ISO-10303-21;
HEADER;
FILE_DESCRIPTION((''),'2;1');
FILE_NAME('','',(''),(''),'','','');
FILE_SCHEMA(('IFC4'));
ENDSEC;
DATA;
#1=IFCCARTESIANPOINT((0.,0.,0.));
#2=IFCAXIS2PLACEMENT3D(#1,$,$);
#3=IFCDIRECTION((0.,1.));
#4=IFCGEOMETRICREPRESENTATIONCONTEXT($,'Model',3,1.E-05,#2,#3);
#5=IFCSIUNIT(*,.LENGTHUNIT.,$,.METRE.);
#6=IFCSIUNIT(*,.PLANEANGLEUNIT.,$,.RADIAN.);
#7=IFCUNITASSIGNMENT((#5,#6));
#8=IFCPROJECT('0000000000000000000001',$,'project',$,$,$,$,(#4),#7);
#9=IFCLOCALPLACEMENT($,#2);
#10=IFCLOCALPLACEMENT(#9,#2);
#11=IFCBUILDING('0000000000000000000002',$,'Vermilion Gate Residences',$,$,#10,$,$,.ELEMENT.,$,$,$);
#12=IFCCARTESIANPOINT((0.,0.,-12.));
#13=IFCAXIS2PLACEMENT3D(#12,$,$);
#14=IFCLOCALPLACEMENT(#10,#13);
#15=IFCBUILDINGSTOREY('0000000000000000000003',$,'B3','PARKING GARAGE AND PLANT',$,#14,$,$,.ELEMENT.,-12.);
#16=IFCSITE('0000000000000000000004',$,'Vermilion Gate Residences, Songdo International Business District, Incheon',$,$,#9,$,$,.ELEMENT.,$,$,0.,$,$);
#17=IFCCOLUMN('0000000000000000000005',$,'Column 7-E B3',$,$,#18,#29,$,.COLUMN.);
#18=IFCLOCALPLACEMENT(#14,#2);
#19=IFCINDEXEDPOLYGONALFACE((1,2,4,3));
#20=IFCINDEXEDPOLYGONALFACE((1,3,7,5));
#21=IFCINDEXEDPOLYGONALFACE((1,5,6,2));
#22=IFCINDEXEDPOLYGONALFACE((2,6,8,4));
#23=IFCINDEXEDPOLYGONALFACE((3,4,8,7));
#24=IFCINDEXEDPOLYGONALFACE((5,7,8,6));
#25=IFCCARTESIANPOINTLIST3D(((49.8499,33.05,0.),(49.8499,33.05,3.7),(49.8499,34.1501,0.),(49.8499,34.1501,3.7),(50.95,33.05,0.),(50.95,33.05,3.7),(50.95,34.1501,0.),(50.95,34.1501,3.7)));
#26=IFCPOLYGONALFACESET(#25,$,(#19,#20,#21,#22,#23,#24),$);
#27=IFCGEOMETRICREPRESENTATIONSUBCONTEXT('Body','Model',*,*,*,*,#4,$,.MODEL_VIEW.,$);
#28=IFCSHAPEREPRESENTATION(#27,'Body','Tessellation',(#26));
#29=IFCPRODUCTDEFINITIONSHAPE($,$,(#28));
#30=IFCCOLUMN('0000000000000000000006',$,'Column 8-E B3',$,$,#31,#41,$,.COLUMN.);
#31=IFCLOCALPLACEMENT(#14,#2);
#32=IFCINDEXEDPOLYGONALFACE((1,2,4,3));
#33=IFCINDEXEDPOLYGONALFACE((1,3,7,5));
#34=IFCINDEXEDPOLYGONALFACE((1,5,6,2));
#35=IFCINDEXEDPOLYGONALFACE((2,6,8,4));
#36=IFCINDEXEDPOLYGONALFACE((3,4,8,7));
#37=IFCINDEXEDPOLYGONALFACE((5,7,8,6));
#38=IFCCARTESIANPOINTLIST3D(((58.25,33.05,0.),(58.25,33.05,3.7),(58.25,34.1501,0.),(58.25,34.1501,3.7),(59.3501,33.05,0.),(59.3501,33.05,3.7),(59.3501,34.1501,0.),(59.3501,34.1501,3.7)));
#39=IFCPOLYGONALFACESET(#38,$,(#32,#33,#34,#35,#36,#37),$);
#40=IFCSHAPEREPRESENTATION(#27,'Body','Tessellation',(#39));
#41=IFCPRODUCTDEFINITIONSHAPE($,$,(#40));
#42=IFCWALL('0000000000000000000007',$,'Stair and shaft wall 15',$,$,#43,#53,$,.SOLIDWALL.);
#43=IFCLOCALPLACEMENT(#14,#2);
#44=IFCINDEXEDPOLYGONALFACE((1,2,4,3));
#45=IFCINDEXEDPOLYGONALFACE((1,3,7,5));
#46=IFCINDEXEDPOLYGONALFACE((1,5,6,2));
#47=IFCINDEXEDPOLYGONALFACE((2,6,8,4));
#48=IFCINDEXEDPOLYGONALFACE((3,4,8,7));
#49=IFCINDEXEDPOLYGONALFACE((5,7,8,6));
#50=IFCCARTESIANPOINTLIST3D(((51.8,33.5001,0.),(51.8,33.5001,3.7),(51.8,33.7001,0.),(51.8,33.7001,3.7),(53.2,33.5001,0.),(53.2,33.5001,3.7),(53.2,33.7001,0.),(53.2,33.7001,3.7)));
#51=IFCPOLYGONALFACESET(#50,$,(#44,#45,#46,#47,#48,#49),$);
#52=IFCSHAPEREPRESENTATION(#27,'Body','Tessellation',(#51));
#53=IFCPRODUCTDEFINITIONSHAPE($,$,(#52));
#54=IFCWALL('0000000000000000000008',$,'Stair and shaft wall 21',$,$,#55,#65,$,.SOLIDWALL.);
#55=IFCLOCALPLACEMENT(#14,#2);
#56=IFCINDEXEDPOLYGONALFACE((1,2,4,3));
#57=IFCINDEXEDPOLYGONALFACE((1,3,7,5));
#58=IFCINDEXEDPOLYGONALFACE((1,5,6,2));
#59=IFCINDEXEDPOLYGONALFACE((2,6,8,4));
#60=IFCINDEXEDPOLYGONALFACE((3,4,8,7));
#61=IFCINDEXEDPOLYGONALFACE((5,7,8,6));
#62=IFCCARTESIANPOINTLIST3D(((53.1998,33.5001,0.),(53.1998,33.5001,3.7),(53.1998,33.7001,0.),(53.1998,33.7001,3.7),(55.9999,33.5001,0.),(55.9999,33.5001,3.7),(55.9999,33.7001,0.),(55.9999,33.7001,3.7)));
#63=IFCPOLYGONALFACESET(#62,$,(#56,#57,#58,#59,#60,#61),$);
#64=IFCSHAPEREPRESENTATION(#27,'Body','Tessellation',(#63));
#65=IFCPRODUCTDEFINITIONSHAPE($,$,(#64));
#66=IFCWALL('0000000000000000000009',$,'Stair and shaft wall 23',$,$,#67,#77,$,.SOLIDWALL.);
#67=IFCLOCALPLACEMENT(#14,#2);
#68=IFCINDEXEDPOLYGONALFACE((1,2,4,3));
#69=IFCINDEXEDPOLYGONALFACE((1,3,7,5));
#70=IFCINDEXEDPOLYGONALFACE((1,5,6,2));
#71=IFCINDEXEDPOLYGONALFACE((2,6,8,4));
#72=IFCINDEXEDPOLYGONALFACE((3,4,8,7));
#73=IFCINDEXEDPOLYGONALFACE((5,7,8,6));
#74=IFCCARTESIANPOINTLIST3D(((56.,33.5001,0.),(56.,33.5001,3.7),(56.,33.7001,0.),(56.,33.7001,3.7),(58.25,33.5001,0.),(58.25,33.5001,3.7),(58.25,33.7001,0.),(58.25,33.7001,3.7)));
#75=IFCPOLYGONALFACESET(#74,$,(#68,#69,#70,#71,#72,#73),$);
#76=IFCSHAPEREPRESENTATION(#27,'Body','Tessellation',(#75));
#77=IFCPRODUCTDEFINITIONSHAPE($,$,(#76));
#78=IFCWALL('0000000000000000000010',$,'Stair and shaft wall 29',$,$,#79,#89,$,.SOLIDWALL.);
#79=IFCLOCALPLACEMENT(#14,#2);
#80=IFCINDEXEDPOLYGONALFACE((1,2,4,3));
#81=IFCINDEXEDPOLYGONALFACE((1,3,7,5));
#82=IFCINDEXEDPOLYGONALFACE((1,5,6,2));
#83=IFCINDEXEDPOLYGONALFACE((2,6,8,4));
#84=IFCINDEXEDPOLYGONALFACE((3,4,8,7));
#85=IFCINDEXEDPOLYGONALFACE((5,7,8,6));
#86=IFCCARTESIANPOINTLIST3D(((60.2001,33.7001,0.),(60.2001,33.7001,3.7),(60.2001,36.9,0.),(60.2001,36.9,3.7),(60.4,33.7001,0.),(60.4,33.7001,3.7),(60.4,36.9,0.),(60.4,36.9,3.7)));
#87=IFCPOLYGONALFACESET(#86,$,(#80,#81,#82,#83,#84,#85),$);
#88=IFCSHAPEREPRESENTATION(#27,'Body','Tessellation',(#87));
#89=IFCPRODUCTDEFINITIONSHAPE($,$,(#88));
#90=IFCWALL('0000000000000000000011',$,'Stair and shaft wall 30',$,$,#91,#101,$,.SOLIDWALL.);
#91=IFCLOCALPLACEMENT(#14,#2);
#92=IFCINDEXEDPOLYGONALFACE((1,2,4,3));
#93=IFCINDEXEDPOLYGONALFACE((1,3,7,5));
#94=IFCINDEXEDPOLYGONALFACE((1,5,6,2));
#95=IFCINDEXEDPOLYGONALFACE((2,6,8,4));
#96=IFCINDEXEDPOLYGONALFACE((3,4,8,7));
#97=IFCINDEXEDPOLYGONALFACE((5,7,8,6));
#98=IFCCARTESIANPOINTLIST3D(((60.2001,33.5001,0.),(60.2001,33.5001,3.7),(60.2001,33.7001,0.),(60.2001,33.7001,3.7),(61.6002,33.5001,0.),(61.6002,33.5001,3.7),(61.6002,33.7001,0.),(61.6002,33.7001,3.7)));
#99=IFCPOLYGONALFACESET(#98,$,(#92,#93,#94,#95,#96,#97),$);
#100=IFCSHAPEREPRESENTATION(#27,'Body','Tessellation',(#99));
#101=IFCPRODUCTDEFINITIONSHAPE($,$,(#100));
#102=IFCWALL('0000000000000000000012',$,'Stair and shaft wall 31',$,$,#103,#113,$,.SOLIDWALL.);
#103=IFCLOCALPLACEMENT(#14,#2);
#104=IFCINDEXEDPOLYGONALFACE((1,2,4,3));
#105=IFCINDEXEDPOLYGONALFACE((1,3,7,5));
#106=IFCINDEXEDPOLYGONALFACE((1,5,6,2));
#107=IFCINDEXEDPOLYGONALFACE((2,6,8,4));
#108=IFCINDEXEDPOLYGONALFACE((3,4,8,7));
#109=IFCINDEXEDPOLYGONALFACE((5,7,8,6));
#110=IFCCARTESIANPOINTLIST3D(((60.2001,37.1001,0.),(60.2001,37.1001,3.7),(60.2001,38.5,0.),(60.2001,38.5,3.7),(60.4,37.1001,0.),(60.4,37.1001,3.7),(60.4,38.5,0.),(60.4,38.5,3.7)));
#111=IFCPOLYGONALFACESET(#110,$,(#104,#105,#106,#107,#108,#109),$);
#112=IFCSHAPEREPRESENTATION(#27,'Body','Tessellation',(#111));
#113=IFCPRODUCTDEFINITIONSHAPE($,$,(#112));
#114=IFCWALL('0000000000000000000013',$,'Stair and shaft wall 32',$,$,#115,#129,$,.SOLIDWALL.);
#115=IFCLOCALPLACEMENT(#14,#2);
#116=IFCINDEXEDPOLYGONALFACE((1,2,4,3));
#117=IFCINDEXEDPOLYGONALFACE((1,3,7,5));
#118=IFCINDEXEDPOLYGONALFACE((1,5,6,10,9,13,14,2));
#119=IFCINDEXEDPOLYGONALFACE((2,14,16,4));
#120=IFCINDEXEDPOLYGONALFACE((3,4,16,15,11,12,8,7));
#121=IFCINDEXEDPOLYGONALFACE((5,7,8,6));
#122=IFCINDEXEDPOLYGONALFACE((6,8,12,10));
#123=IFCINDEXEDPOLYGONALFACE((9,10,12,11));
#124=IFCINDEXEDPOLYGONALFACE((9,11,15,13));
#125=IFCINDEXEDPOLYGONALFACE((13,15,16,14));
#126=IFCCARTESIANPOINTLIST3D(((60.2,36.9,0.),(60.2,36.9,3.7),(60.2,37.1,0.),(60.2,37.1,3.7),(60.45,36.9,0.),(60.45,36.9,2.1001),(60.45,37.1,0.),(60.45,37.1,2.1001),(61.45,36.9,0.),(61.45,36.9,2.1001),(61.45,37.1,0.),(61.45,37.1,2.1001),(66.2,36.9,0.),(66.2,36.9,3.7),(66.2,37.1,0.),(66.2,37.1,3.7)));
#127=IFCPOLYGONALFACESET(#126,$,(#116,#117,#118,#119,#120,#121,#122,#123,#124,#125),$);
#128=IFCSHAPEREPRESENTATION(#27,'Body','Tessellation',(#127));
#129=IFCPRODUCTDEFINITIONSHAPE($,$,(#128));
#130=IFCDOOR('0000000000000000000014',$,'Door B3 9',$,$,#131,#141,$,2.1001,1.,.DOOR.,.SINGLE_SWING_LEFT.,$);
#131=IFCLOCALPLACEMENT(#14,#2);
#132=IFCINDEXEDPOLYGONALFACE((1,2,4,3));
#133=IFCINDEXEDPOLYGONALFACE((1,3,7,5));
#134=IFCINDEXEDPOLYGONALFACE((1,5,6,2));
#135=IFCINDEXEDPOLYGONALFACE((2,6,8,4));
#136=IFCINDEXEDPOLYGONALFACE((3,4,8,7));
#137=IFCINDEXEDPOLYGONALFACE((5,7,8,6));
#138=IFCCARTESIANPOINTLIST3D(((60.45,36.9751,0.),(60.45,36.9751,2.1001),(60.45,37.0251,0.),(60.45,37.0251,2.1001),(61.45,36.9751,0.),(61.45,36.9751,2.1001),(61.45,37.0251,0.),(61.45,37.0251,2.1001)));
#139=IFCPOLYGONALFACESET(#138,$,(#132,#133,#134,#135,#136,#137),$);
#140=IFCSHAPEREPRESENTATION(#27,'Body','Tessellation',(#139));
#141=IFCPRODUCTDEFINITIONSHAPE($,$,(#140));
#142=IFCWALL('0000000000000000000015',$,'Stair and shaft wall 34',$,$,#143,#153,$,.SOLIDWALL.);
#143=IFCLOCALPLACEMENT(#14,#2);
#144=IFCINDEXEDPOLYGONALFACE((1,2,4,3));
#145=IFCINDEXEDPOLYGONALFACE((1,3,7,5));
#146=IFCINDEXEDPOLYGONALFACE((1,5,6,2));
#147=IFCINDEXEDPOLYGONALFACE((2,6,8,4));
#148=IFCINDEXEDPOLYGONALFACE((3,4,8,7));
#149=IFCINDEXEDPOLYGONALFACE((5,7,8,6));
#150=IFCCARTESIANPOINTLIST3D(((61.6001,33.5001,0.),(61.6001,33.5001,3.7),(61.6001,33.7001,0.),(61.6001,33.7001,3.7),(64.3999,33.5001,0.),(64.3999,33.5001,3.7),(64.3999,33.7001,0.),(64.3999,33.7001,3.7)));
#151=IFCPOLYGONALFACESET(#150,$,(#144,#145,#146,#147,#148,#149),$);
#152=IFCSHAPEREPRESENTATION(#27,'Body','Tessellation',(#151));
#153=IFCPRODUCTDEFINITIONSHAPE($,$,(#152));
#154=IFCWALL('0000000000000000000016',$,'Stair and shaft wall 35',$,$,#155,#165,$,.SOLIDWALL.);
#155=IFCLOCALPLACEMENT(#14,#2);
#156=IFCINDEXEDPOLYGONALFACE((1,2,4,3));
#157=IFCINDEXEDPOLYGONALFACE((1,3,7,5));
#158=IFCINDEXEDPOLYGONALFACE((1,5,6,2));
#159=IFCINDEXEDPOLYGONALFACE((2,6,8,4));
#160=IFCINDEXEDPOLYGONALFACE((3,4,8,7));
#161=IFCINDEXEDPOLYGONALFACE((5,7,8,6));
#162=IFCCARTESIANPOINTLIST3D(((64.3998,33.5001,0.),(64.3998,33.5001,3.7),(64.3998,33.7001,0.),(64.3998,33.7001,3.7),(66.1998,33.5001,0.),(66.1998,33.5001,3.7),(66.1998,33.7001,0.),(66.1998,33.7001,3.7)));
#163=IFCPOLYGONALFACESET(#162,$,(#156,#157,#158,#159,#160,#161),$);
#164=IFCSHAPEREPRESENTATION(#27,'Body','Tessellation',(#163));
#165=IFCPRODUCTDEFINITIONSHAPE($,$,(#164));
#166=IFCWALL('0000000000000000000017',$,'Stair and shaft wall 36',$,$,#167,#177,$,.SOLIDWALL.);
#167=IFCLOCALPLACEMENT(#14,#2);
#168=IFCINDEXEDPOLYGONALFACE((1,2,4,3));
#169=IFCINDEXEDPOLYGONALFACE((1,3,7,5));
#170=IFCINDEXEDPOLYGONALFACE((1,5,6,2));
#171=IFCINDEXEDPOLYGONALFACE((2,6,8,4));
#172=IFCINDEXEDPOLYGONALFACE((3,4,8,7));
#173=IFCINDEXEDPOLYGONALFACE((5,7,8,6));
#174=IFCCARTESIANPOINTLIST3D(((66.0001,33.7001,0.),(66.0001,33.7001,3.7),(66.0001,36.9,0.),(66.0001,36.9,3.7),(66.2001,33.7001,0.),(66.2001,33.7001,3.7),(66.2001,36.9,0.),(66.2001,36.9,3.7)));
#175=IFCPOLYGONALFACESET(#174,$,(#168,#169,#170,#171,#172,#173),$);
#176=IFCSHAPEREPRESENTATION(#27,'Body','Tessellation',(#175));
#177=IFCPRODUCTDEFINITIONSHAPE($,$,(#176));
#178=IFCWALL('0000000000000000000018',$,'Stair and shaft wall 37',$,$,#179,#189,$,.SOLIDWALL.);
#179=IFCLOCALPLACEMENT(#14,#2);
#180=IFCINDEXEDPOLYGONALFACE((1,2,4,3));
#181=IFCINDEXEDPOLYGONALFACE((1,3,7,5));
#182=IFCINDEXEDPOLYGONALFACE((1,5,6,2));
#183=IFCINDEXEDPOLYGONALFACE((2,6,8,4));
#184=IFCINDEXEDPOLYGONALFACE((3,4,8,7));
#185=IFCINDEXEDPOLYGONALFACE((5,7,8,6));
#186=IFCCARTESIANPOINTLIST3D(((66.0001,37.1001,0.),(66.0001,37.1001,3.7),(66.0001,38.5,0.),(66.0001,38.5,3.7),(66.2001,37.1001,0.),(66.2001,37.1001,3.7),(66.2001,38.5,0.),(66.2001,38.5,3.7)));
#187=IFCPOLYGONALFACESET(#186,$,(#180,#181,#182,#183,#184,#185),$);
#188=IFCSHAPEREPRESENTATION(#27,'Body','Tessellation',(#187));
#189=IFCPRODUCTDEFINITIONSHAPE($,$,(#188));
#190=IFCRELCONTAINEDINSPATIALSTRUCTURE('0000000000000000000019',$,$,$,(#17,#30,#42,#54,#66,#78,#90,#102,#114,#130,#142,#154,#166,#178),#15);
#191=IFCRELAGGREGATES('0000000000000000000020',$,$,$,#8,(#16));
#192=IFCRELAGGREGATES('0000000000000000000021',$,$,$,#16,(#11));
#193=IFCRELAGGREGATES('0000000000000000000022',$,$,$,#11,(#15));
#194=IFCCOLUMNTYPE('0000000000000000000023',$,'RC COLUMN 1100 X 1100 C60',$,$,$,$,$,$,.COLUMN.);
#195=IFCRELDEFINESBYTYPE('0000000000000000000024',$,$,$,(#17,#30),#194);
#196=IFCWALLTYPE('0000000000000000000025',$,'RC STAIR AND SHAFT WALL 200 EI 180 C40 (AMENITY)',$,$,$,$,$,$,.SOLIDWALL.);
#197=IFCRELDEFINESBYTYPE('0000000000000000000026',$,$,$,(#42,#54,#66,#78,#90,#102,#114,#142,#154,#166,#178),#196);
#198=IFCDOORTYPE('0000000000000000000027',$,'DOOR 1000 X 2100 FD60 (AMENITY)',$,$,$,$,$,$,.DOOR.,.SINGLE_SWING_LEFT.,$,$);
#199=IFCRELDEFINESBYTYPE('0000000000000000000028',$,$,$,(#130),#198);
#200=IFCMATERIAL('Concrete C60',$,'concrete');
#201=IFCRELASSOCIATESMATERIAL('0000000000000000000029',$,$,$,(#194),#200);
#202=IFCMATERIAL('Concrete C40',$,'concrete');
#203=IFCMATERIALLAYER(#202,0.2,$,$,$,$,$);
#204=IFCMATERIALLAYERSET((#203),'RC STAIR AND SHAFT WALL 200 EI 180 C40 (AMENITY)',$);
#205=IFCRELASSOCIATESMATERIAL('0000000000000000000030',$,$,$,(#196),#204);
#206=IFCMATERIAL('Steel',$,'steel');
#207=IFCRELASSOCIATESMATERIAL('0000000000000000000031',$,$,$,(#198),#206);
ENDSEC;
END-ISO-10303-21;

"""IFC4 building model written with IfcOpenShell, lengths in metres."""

from ifc_helpers import new_model, si_unit, direction, frame, frame_2d, origin, origin_2d, place, context, subcontext, project, spatial, rectangle, extrude, material, layer, layer_set, material_profile, profile_set, type_object, element, fill, save


model = new_model("IFC4")

# Units and contexts
model_context = context("Model", 3, precision=1e-05, world=origin(), true_north=direction((0.0, 1.0)))
body_context = subcontext(model_context, "Body", "Model", "MODEL_VIEW")
ifc_project = project(units=[si_unit("LENGTHUNIT", "METRE"), si_unit("PLANEANGLEUNIT", "RADIAN")], contexts=[model_context])

# Site, building, storey
site_placement = place(None, origin())
site = spatial("IfcSite", under=ifc_project, at=site_placement, Name="Vermilion Gate Residences, Songdo International Business District, Incheon", CompositionType="ELEMENT", RefElevation=0.0)
building_placement = place(site_placement, origin())
building = spatial("IfcBuilding", under=site, at=building_placement, Name="Vermilion Gate Residences", CompositionType="ELEMENT")
storey_placement = place(building_placement, frame((0.0, 0.0, -12.0)))
storey = spatial("IfcBuildingStorey", under=building, at=storey_placement, Name="B3", Description="PARKING GARAGE AND PLANT", CompositionType="ELEMENT", Elevation=-12.0)

# Columns
ifc_material_1 = material(Name="Concrete C60", Category="concrete")
ifc_material_profile = material_profile(ifc_material_1, rectangle(XDim=1.1001, YDim=1.1001, at=origin_2d()), Name="RC-1100x1100")
ifc_profile_set = profile_set([ifc_material_profile], Name="Concrete C60")
column_type = type_object("IfcColumnType", Name="RC COLUMN 1100 X 1100 C60", PredefinedType="COLUMN", material=ifc_profile_set)
for number, where, z_axis, x_axis, name in (
    (1, (50.3999, 33.6001, 0.0), (0.0, 0.0, 1.0), (1.0, 0.0, 0.0), "Column 7-E B3"),
    (2, (58.8, 33.6001, 0.0), (0.0, 0.0, 1.0), (1.0, 0.0, 0.0), "Column 8-E B3"),
):
    element("IfcColumn", number, at=place(storey_placement, frame(where, z_axis=z_axis, x_axis=x_axis)), inside=storey, type_object=column_type, Name=name, PredefinedType="COLUMN", context=body_context, shape_type="SweptSolid", body=[
        extrude(rectangle(XDim=1.1001, YDim=1.1001, at=origin_2d()), origin(), (0.0, 0.0, 1.0), 3.7),
    ])

# Walls
ifc_material_2 = material(Name="Concrete C40", Category="concrete")
ifc_layer = layer(ifc_material_2, 0.2)
ifc_layer_set = layer_set([ifc_layer], Name="RC STAIR AND SHAFT WALL 200 EI 180 C40 (AMENITY)")
wall_type = type_object("IfcWallType", Name="RC STAIR AND SHAFT WALL 200 EI 180 C40 (AMENITY)", PredefinedType="SOLIDWALL", material=ifc_layer_set)
wall_1_placement = place(storey_placement, frame((51.8, 33.6001, 0.0), z_axis=(0.0, 0.0, 1.0), x_axis=(1.0, 0.0, 0.0)))
element("IfcWall", 3, at=wall_1_placement, inside=storey, type_object=wall_type, Name="Stair and shaft wall 15", PredefinedType="SOLIDWALL", context=body_context, shape_type="SweptSolid", body=[
    extrude(rectangle(XDim=1.3999, YDim=0.2, at=frame_2d((0.7, 0.0))), origin(), (0.0, 0.0, 1.0), 3.7),
])
wall_2_placement = place(storey_placement, frame((53.2, 33.6001, 0.0), z_axis=(0.0, 0.0, 1.0), x_axis=(1.0, 0.0, 0.0)))
element("IfcWall", 4, at=wall_2_placement, inside=storey, type_object=wall_type, Name="Stair and shaft wall 21", PredefinedType="SOLIDWALL", context=body_context, shape_type="SweptSolid", body=[
    extrude(rectangle(XDim=2.8, YDim=0.2, at=frame_2d((1.3999, 0.0))), origin(), (0.0, 0.0, 1.0), 3.7),
])
wall_3_placement = place(storey_placement, frame((56.0, 33.6001, 0.0), z_axis=(0.0, 0.0, 1.0), x_axis=(1.0, 0.0, 0.0)))
element("IfcWall", 5, at=wall_3_placement, inside=storey, type_object=wall_type, Name="Stair and shaft wall 23", PredefinedType="SOLIDWALL", context=body_context, shape_type="SweptSolid", body=[
    extrude(rectangle(XDim=2.25, YDim=0.2, at=frame_2d((1.125, 0.0))), origin(), (0.0, 0.0, 1.0), 3.7),
])
wall_4_placement = place(storey_placement, frame((60.3, 33.7, 0.0), z_axis=(0.0, 0.0, 1.0), x_axis=(0.0, 1.0, 0.0)))
element("IfcWall", 6, at=wall_4_placement, inside=storey, type_object=wall_type, Name="Stair and shaft wall 29", PredefinedType="SOLIDWALL", context=body_context, shape_type="SweptSolid", body=[
    extrude(rectangle(XDim=3.2, YDim=0.2, at=frame_2d((1.6001, 0.0))), origin(), (0.0, 0.0, 1.0), 3.7),
])
wall_5_placement = place(storey_placement, frame((60.2, 33.6001, 0.0), z_axis=(0.0, 0.0, 1.0), x_axis=(1.0, 0.0, 0.0)))
element("IfcWall", 7, at=wall_5_placement, inside=storey, type_object=wall_type, Name="Stair and shaft wall 30", PredefinedType="SOLIDWALL", context=body_context, shape_type="SweptSolid", body=[
    extrude(rectangle(XDim=1.4001, YDim=0.2, at=frame_2d((0.7002, 0.0))), origin(), (0.0, 0.0, 1.0), 3.7),
])
wall_6_placement = place(storey_placement, frame((60.3, 37.1001, 0.0), z_axis=(0.0, 0.0, 1.0), x_axis=(0.0, 1.0, 0.0)))
element("IfcWall", 8, at=wall_6_placement, inside=storey, type_object=wall_type, Name="Stair and shaft wall 31", PredefinedType="SOLIDWALL", context=body_context, shape_type="SweptSolid", body=[
    extrude(rectangle(XDim=1.3999, YDim=0.2, at=frame_2d((0.7, 0.0))), origin(), (0.0, 0.0, 1.0), 3.7),
])

# Wall, opening, door
wall_7_placement = place(storey_placement, frame((60.2, 37.0, 0.0), z_axis=(0.0, 0.0, 1.0), x_axis=(1.0, 0.0, 0.0)))
wall_7 = element("IfcWall", 9, at=wall_7_placement, inside=storey, type_object=wall_type, Name="Stair and shaft wall 32", PredefinedType="SOLIDWALL", context=body_context, shape_type="SweptSolid", body=[
    extrude(rectangle(XDim=6.0, YDim=0.2, at=frame_2d((3.0, 0.0))), origin(), (0.0, 0.0, 1.0), 3.7),
])
opening_placement = place(wall_7_placement, frame((0.25, 0.0, 0.0)))
opening = element("IfcOpeningElement", 10, at=opening_placement, cuts=wall_7, PredefinedType="OPENING", context=body_context, shape_type="SweptSolid", body=[
    extrude(rectangle(XDim=1.0, YDim=2.1001, at=frame_2d((0.5, 1.05))), frame((0.0, 0.1099, 0.0), z_axis=(0.0, -1.0, 0.0), x_axis=(1.0, 0.0, 0.0)), (0.0, 0.0, 1.0), 0.22),
])
ifc_material_3 = material(Name="Steel", Category="steel")
door_type = type_object("IfcDoorType", Name="DOOR 1000 X 2100 FD60 (AMENITY)", OperationType="SINGLE_SWING_LEFT", PredefinedType="DOOR", material=ifc_material_3)
door_placement = place(opening_placement, frame((1.0, 0.0, 0.0), z_axis=(0.0, 0.0, 1.0), x_axis=(-1.0, 0.0, 0.0)))
door = element("IfcDoor", 11, at=door_placement, inside=storey, type_object=door_type, Name="Door B3 9", OperationType="SINGLE_SWING_LEFT", OverallHeight=2.1001, OverallWidth=1.0, PredefinedType="DOOR", context=body_context, shape_type="SweptSolid", body=[
    extrude(rectangle(XDim=1.0, YDim=2.1001, at=frame_2d((0.5, 1.05))), frame((0.0, 0.0249, 0.0), z_axis=(0.0, -1.0, 0.0), x_axis=(1.0, 0.0, 0.0)), (0.0, 0.0, 1.0), 0.05),
])
fill(opening, door)

# Walls
wall_8_placement = place(storey_placement, frame((61.6001, 33.6001, 0.0), z_axis=(0.0, 0.0, 1.0), x_axis=(1.0, 0.0, 0.0)))
element("IfcWall", 12, at=wall_8_placement, inside=storey, type_object=wall_type, Name="Stair and shaft wall 34", PredefinedType="SOLIDWALL", context=body_context, shape_type="SweptSolid", body=[
    extrude(rectangle(XDim=2.7998, YDim=0.2, at=frame_2d((1.3999, 0.0))), origin(), (0.0, 0.0, 1.0), 3.7),
])
wall_9_placement = place(storey_placement, frame((64.3999, 33.6001, 0.0), z_axis=(0.0, 0.0, 1.0), x_axis=(1.0, 0.0, 0.0)))
element("IfcWall", 13, at=wall_9_placement, inside=storey, type_object=wall_type, Name="Stair and shaft wall 35", PredefinedType="SOLIDWALL", context=body_context, shape_type="SweptSolid", body=[
    extrude(rectangle(XDim=1.8, YDim=0.2, at=frame_2d((0.8999, 0.0))), origin(), (0.0, 0.0, 1.0), 3.7),
])
wall_10_placement = place(storey_placement, frame((66.1001, 33.7, 0.0), z_axis=(0.0, 0.0, 1.0), x_axis=(0.0, 1.0, 0.0)))
element("IfcWall", 14, at=wall_10_placement, inside=storey, type_object=wall_type, Name="Stair and shaft wall 36", PredefinedType="SOLIDWALL", context=body_context, shape_type="SweptSolid", body=[
    extrude(rectangle(XDim=3.2, YDim=0.2, at=frame_2d((1.6001, 0.0))), origin(), (0.0, 0.0, 1.0), 3.7),
])
wall_11_placement = place(storey_placement, frame((66.1001, 37.1001, 0.0), z_axis=(0.0, 0.0, 1.0), x_axis=(0.0, 1.0, 0.0)))
element("IfcWall", 15, at=wall_11_placement, inside=storey, type_object=wall_type, Name="Stair and shaft wall 37", PredefinedType="SOLIDWALL", context=body_context, shape_type="SweptSolid", body=[
    extrude(rectangle(XDim=1.3999, YDim=0.2, at=frame_2d((0.7, 0.0))), origin(), (0.0, 0.0, 1.0), 3.7),
])

save(model, "model.ifc")
